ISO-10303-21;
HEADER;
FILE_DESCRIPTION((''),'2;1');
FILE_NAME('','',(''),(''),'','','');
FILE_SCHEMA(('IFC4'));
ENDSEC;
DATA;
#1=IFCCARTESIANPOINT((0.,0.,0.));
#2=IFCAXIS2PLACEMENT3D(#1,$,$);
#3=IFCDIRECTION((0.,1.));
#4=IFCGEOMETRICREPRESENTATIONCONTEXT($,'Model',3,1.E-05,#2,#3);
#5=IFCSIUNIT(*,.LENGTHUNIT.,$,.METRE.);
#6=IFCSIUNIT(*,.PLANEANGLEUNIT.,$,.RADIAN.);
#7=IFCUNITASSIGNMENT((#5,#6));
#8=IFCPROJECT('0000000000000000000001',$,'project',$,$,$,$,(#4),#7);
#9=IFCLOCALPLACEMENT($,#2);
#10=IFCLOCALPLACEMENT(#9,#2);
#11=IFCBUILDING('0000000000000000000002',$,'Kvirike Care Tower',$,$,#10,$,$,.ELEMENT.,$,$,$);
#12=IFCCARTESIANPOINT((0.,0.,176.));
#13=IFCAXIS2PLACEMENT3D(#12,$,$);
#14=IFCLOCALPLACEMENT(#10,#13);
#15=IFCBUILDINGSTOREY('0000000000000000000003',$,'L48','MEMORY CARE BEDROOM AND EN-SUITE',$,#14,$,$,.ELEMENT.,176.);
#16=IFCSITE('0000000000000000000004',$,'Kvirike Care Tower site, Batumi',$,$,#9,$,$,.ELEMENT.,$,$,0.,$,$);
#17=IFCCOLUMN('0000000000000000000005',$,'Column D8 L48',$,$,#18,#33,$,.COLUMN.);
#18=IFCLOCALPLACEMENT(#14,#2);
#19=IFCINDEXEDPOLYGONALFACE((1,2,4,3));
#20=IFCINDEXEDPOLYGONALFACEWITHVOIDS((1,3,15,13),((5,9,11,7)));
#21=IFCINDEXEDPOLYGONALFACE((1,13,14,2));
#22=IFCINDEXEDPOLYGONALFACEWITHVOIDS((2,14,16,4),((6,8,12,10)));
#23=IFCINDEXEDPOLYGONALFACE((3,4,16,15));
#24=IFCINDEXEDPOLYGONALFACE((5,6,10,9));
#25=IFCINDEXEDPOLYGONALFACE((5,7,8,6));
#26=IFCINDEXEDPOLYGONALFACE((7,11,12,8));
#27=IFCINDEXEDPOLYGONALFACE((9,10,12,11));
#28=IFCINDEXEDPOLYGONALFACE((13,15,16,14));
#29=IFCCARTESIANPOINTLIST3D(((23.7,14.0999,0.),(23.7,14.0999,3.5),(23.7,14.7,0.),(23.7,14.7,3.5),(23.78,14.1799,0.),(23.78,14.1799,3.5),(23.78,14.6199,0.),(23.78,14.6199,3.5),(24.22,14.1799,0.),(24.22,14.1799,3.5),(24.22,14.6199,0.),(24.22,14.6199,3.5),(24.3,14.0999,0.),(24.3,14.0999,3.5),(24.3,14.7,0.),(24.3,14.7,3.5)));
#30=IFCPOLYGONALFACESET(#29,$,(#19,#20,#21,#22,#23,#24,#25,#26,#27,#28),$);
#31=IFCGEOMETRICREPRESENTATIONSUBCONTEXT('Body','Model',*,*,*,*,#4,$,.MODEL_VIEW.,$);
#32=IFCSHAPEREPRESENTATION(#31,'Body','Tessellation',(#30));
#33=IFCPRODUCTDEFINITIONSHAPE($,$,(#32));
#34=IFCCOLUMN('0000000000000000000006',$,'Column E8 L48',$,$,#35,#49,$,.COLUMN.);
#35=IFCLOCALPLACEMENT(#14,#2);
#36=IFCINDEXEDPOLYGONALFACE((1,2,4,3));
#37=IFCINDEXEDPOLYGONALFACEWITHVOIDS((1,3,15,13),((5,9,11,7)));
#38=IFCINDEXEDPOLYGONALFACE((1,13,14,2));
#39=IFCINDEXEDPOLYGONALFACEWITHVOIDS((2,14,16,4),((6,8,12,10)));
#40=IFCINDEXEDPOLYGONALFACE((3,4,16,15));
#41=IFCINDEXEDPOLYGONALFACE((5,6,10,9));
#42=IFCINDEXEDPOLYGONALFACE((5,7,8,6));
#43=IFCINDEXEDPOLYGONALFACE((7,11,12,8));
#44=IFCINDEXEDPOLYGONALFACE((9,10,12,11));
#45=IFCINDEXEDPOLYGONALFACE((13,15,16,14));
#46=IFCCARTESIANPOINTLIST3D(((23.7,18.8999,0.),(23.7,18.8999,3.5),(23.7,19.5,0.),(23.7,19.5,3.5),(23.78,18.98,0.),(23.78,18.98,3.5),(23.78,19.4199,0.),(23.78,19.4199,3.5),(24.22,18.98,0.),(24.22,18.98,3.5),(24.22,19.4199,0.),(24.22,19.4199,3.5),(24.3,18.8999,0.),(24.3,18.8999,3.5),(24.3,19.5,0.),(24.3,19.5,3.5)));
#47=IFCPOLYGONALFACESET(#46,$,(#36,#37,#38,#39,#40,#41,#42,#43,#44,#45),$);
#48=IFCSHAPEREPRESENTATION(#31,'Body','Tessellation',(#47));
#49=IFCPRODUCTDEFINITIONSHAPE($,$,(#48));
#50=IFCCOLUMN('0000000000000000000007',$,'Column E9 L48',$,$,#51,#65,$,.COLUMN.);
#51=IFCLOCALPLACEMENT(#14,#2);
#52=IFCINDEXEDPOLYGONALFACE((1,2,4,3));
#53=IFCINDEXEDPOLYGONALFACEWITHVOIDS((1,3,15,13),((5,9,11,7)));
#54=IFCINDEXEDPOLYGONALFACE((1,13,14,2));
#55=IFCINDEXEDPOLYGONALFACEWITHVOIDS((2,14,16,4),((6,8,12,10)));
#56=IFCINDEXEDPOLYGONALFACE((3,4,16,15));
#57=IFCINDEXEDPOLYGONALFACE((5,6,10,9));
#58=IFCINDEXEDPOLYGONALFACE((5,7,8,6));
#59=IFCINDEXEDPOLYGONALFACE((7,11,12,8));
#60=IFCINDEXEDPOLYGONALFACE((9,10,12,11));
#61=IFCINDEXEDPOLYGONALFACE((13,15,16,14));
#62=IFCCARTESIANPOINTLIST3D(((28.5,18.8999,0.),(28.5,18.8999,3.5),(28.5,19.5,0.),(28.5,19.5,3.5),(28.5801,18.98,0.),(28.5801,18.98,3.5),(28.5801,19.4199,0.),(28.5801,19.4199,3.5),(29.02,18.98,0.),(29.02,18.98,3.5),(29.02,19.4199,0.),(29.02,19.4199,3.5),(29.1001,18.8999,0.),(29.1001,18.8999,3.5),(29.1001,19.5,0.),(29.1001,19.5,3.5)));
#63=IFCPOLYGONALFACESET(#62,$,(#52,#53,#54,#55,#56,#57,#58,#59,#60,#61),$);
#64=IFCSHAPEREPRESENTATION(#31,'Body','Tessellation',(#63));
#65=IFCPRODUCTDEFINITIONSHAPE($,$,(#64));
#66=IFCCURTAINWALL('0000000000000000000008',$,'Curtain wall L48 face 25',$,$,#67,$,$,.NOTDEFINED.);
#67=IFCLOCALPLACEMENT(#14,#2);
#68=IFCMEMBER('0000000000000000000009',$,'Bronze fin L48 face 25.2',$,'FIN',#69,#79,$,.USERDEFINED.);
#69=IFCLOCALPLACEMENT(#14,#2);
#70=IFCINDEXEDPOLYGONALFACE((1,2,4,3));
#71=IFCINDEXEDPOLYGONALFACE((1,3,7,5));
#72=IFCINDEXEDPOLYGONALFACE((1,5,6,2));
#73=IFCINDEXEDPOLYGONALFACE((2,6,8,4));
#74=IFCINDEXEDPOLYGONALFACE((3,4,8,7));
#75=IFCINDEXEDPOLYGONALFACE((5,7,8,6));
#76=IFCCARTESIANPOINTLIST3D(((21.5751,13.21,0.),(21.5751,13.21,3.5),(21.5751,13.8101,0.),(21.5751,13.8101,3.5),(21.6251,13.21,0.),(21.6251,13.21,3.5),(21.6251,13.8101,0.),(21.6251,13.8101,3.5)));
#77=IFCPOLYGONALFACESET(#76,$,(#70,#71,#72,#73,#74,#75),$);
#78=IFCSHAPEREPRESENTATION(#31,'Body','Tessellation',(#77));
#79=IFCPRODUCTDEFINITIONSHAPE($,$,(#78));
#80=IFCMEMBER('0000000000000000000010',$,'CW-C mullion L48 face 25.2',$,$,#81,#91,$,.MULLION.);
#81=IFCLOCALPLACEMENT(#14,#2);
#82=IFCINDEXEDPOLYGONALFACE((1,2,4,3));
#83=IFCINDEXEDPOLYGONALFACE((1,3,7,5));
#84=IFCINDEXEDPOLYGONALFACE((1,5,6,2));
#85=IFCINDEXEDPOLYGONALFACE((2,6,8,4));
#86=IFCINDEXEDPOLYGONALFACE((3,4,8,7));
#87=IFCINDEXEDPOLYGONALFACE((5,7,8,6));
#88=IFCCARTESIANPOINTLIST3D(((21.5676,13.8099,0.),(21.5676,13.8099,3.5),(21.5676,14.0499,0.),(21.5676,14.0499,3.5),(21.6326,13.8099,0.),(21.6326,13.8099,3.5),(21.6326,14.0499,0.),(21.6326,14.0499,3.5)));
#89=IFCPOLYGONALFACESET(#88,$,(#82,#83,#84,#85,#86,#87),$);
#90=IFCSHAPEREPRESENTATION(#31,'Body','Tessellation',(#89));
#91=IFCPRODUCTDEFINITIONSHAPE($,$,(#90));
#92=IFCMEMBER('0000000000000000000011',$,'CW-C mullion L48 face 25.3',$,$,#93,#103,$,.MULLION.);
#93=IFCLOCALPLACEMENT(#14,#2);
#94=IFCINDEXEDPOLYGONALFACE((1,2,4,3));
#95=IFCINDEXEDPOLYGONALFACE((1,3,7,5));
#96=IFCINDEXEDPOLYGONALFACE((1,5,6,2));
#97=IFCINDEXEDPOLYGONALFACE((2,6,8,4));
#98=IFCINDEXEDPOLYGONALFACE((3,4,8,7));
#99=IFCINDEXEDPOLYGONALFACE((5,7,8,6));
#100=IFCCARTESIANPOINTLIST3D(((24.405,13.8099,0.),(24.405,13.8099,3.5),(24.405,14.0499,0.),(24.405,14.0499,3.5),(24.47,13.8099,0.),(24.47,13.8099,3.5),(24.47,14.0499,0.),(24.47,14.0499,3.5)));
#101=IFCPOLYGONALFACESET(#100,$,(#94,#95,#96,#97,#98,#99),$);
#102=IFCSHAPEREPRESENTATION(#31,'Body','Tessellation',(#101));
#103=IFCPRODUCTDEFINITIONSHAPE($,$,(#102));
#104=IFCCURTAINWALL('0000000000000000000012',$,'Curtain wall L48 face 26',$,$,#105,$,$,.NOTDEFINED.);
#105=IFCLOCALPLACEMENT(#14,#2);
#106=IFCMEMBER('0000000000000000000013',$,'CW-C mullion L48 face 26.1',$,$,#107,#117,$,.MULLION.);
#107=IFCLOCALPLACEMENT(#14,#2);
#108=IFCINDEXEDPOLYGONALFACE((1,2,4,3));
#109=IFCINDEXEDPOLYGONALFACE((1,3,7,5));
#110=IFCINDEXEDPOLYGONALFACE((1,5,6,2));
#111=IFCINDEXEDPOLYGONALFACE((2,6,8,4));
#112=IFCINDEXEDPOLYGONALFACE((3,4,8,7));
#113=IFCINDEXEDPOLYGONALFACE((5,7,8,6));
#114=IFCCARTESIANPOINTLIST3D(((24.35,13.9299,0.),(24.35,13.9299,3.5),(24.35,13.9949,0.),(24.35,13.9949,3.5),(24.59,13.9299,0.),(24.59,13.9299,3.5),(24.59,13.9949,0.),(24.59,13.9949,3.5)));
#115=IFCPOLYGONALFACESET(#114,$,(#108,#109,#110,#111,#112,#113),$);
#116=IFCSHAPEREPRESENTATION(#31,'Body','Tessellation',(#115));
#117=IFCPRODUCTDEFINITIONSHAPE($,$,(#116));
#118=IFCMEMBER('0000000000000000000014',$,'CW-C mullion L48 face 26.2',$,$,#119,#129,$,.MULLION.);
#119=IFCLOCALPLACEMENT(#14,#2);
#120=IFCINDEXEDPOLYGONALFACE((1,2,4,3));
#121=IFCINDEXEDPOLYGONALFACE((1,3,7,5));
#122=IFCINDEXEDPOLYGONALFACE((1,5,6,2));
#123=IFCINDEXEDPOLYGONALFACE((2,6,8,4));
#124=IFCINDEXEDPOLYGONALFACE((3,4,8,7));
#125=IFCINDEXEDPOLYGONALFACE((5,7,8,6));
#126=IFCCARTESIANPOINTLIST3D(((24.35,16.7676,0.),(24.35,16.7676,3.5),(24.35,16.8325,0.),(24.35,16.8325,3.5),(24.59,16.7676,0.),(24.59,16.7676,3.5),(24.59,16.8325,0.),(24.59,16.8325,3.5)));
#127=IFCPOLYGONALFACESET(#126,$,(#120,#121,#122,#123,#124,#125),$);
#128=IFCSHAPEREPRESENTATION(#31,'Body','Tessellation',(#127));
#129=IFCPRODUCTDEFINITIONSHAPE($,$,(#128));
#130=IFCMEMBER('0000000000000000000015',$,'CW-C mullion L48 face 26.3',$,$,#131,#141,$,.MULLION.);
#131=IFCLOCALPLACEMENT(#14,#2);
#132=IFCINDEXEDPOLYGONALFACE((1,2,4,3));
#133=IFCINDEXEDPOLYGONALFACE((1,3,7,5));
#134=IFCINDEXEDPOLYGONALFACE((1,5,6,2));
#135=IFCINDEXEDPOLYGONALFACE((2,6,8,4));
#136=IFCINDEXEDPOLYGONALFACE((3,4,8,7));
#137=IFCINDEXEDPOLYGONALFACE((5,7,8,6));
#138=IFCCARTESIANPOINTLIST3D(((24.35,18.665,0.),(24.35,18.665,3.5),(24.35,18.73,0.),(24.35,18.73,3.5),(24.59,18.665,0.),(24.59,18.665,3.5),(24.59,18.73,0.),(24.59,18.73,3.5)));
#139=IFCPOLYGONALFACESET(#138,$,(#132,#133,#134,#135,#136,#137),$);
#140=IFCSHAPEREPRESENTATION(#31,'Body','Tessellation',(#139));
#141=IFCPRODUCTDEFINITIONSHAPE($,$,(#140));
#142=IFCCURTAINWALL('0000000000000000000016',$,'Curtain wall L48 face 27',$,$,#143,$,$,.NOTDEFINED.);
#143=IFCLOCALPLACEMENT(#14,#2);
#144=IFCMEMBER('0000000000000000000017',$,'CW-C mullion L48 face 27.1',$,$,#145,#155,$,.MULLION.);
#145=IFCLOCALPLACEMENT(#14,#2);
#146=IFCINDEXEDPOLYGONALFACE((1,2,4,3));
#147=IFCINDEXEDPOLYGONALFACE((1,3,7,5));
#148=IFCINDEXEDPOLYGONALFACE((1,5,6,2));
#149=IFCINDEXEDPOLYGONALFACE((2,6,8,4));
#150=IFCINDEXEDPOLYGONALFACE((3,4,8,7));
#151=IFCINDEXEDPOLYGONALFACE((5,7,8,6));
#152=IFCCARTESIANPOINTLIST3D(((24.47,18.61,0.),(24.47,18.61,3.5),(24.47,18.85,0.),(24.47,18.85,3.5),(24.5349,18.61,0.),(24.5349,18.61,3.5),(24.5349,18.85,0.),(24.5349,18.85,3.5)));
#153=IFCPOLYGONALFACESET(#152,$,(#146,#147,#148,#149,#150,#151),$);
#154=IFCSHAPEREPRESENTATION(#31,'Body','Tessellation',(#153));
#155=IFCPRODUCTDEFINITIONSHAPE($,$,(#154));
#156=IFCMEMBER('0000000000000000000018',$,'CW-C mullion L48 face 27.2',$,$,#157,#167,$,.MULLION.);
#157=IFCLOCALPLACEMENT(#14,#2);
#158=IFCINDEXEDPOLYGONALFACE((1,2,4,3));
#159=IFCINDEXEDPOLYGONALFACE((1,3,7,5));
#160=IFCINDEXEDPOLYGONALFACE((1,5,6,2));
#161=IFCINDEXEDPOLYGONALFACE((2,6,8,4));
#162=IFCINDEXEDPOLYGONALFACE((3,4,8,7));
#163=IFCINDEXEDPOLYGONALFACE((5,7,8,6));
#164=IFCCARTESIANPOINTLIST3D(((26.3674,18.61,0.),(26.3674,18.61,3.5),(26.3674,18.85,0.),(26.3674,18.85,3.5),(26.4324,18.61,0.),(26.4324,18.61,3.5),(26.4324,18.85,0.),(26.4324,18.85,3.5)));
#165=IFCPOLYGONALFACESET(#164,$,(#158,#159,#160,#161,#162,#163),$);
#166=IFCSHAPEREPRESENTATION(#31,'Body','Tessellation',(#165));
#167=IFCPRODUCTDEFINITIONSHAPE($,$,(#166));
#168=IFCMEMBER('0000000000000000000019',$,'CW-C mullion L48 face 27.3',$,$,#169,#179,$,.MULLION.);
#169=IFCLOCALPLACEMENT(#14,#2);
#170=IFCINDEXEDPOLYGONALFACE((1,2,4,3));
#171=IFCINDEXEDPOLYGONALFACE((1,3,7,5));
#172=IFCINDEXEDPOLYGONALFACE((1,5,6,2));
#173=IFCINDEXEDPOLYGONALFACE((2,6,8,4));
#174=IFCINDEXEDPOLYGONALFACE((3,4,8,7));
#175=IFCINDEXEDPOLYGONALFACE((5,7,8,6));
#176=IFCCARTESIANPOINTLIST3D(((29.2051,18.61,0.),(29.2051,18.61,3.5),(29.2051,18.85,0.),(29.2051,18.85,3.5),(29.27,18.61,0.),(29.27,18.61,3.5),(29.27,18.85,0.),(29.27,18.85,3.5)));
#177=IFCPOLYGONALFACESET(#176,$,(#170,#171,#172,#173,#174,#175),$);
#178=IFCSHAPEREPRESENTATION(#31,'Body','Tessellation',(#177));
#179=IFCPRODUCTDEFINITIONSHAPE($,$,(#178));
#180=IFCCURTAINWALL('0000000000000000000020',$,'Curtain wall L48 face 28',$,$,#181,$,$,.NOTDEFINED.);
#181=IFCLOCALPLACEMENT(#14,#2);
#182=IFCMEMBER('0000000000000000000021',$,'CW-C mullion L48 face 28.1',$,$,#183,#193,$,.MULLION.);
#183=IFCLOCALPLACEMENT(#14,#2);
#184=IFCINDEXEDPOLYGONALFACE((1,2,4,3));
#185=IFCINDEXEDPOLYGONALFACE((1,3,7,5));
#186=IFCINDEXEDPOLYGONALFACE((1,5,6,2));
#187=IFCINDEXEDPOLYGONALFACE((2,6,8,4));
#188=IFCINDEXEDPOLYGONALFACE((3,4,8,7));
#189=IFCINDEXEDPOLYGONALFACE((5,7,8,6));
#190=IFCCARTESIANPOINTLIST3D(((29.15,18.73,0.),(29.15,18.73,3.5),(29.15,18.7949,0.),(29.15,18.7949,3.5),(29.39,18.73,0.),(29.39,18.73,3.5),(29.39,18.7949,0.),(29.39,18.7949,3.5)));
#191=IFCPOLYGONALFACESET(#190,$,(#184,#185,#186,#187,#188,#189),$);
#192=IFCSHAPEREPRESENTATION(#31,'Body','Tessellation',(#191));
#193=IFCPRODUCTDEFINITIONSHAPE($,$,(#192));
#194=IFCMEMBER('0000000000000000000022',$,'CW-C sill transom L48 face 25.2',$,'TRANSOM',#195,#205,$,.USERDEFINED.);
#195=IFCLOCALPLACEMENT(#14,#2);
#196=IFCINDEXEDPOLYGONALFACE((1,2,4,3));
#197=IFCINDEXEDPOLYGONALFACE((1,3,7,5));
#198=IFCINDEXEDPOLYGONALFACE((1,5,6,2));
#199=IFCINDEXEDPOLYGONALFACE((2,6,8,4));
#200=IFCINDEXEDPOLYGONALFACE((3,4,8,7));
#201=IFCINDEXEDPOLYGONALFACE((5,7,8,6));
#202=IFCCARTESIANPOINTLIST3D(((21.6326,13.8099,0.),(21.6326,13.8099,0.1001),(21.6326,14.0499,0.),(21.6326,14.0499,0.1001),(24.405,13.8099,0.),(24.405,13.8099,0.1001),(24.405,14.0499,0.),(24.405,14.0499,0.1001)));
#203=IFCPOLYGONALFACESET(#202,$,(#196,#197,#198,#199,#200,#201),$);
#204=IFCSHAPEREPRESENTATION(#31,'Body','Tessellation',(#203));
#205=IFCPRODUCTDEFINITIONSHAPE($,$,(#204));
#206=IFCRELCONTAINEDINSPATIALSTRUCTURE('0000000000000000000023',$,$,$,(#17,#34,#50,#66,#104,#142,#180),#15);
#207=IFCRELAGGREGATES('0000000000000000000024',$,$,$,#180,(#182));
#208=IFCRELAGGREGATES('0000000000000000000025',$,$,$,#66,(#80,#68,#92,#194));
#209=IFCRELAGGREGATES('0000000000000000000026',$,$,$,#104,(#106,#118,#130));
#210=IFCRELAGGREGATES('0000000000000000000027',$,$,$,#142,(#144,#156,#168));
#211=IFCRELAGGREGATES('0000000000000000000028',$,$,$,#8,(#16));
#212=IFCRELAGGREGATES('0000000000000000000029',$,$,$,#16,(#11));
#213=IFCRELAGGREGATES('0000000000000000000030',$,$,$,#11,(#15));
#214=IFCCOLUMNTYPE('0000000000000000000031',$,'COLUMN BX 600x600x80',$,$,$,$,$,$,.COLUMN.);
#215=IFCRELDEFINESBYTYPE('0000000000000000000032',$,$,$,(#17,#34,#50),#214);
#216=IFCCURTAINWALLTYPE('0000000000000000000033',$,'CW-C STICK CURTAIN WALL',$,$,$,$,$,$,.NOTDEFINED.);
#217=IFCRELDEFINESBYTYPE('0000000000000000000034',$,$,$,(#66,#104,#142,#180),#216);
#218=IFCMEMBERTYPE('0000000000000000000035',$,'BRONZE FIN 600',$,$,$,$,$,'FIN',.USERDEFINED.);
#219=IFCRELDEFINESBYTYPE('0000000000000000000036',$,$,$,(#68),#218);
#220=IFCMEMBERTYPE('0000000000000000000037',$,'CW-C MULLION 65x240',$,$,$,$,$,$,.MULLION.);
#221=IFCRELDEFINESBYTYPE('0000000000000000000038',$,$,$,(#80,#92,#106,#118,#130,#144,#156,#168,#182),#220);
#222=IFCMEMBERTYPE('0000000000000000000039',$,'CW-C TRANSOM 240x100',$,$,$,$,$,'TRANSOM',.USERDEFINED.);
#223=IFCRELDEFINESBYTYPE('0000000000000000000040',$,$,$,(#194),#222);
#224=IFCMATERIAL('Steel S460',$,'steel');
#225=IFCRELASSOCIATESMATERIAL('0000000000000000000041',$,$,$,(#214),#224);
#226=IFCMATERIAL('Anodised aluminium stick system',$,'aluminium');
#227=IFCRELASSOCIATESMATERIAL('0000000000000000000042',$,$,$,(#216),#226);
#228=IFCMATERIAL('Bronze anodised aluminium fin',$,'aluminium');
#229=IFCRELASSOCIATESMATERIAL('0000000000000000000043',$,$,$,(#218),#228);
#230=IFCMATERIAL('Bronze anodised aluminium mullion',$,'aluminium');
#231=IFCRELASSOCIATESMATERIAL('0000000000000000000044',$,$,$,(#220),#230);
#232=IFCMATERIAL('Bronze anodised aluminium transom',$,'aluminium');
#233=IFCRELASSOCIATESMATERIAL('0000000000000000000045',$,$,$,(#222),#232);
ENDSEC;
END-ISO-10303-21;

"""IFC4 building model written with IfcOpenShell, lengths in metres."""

from ifc_helpers import new_model, si_unit, direction, frame, origin, origin_2d, place, context, subcontext, project, spatial, rectangle, hollow_rectangle, extrude, material, material_profile, profile_set, type_object, element, aggregate, save


model = new_model("IFC4")

# Units and contexts
model_context = context("Model", 3, precision=1e-05, world=origin(), true_north=direction((0.0, 1.0)))
body_context = subcontext(model_context, "Body", "Model", "MODEL_VIEW")
ifc_project = project(units=[si_unit("LENGTHUNIT", "METRE"), si_unit("PLANEANGLEUNIT", "RADIAN")], contexts=[model_context])

# Site, building, storey
site_placement = place(None, origin())
site = spatial("IfcSite", under=ifc_project, at=site_placement, Name="Kvirike Care Tower site, Batumi", CompositionType="ELEMENT", RefElevation=0.0)
building_placement = place(site_placement, origin())
building = spatial("IfcBuilding", under=site, at=building_placement, Name="Kvirike Care Tower", CompositionType="ELEMENT")
storey_placement = place(building_placement, frame((0.0, 0.0, 176.0)))
storey = spatial("IfcBuildingStorey", under=building, at=storey_placement, Name="L48", Description="MEMORY CARE BEDROOM AND EN-SUITE", CompositionType="ELEMENT", Elevation=176.0)

# Columns
ifc_material_1 = material(Name="Steel S460", Category="steel")
ifc_material_profile_1 = material_profile(ifc_material_1, hollow_rectangle(XDim=0.6001, YDim=0.6001, WallThickness=0.0801, at=origin_2d()), Name="BX 600x600x80")
ifc_profile_set_1 = profile_set([ifc_material_profile_1], Name="Steel S460")
column_type = type_object("IfcColumnType", Name="COLUMN BX 600x600x80", PredefinedType="COLUMN", material=ifc_profile_set_1)
for number, where, z_axis, x_axis, name in (
    (1, (24.0, 14.3999, 0.0), (0.0, 0.0, 1.0), (0.0, 1.0, 0.0), "Column D8 L48"),
    (2, (24.0, 19.2, 0.0), (0.0, 0.0, 1.0), (0.0, 1.0, 0.0), "Column E8 L48"),
    (3, (28.8, 19.2, 0.0), (0.0, 0.0, 1.0), (0.0, 1.0, 0.0), "Column E9 L48"),
):
    element("IfcColumn", number, at=place(storey_placement, frame(where, z_axis=z_axis, x_axis=x_axis)), inside=storey, type_object=column_type, Name=name, PredefinedType="COLUMN", context=body_context, shape_type="SweptSolid", body=[
        extrude(hollow_rectangle(XDim=0.6001, YDim=0.6001, WallThickness=0.0801, at=origin_2d()), origin(), (0.0, 0.0, 1.0), 3.5),
    ])

# Curtain walls, members
ifc_material_2 = material(Name="Anodised aluminium stick system", Category="aluminium")
curtain_wall_type = type_object("IfcCurtainWallType", Name="CW-C STICK CURTAIN WALL", PredefinedType="NOTDEFINED", material=ifc_material_2)
curtain_wall_1_placement = place(storey_placement, origin())
curtain_wall_1 = element("IfcCurtainWall", 4, at=curtain_wall_1_placement, inside=storey, type_object=curtain_wall_type, Name="Curtain wall L48 face 25", PredefinedType="NOTDEFINED")
ifc_material_3 = material(Name="Bronze anodised aluminium fin", Category="aluminium")
ifc_material_profile_2 = material_profile(ifc_material_3, rectangle(XDim=0.05, YDim=0.6001, at=origin_2d()), Name="BRONZE FIN 600")
ifc_profile_set_2 = profile_set([ifc_material_profile_2], Name="Bronze anodised aluminium fin")
member_type_1 = type_object("IfcMemberType", Name="BRONZE FIN 600", ElementType="FIN", PredefinedType="USERDEFINED", material=ifc_profile_set_2)
member_1_placement = place(storey_placement, frame((21.6001, 13.51, 0.0), z_axis=(0.0, 0.0, 1.0), x_axis=(1.0, 0.0, 0.0)))
member_1 = element("IfcMember", 5, at=member_1_placement, type_object=member_type_1, Name="Bronze fin L48 face 25.2", ObjectType="FIN", PredefinedType="USERDEFINED", context=body_context, shape_type="SweptSolid", body=[
    extrude(rectangle(XDim=0.05, YDim=0.6001, at=origin_2d()), origin(), (0.0, 0.0, 1.0), 3.5),
])
ifc_material_4 = material(Name="Bronze anodised aluminium mullion", Category="aluminium")
ifc_material_profile_3 = material_profile(ifc_material_4, rectangle(XDim=0.0649, YDim=0.24, at=origin_2d()), Name="CW-C MULLION 65x240")
ifc_profile_set_3 = profile_set([ifc_material_profile_3], Name="Bronze anodised aluminium mullion")
member_type_2 = type_object("IfcMemberType", Name="CW-C MULLION 65x240", PredefinedType="MULLION", material=ifc_profile_set_3)
member_2_placement = place(storey_placement, frame((21.6001, 13.9299, 0.0), z_axis=(0.0, 0.0, 1.0), x_axis=(1.0, 0.0, 0.0)))
member_2 = element("IfcMember", 6, at=member_2_placement, type_object=member_type_2, Name="CW-C mullion L48 face 25.2", PredefinedType="MULLION", context=body_context, shape_type="SweptSolid", body=[
    extrude(rectangle(XDim=0.0649, YDim=0.24, at=origin_2d()), origin(), (0.0, 0.0, 1.0), 3.5),
])
member_3_placement = place(storey_placement, frame((24.4375, 13.9299, 0.0), z_axis=(0.0, 0.0, 1.0), x_axis=(1.0, 0.0, 0.0)))
member_3 = element("IfcMember", 7, at=member_3_placement, type_object=member_type_2, Name="CW-C mullion L48 face 25.3", PredefinedType="MULLION", context=body_context, shape_type="SweptSolid", body=[
    extrude(rectangle(XDim=0.0649, YDim=0.24, at=origin_2d()), origin(), (0.0, 0.0, 1.0), 3.5),
])
curtain_wall_2_placement = place(storey_placement, origin())
curtain_wall_2 = element("IfcCurtainWall", 8, at=curtain_wall_2_placement, inside=storey, type_object=curtain_wall_type, Name="Curtain wall L48 face 26", PredefinedType="NOTDEFINED")
member_4_placement = place(storey_placement, frame((24.47, 13.9624, 0.0), z_axis=(0.0, 0.0, 1.0), x_axis=(0.0, 1.0, 0.0)))
member_4 = element("IfcMember", 9, at=member_4_placement, type_object=member_type_2, Name="CW-C mullion L48 face 26.1", PredefinedType="MULLION", context=body_context, shape_type="SweptSolid", body=[
    extrude(rectangle(XDim=0.0649, YDim=0.24, at=origin_2d()), origin(), (0.0, 0.0, 1.0), 3.5),
])
member_5_placement = place(storey_placement, frame((24.47, 16.8, 0.0), z_axis=(0.0, 0.0, 1.0), x_axis=(0.0, 1.0, 0.0)))
member_5 = element("IfcMember", 10, at=member_5_placement, type_object=member_type_2, Name="CW-C mullion L48 face 26.2", PredefinedType="MULLION", context=body_context, shape_type="SweptSolid", body=[
    extrude(rectangle(XDim=0.0649, YDim=0.24, at=origin_2d()), origin(), (0.0, 0.0, 1.0), 3.5),
])
member_6_placement = place(storey_placement, frame((24.47, 18.6975, 0.0), z_axis=(0.0, 0.0, 1.0), x_axis=(0.0, 1.0, 0.0)))
member_6 = element("IfcMember", 11, at=member_6_placement, type_object=member_type_2, Name="CW-C mullion L48 face 26.3", PredefinedType="MULLION", context=body_context, shape_type="SweptSolid", body=[
    extrude(rectangle(XDim=0.0649, YDim=0.24, at=origin_2d()), origin(), (0.0, 0.0, 1.0), 3.5),
])
curtain_wall_3_placement = place(storey_placement, origin())
curtain_wall_3 = element("IfcCurtainWall", 12, at=curtain_wall_3_placement, inside=storey, type_object=curtain_wall_type, Name="Curtain wall L48 face 27", PredefinedType="NOTDEFINED")
member_7_placement = place(storey_placement, frame((24.5024, 18.73, 0.0), z_axis=(0.0, 0.0, 1.0), x_axis=(1.0, 0.0, 0.0)))
member_7 = element("IfcMember", 13, at=member_7_placement, type_object=member_type_2, Name="CW-C mullion L48 face 27.1", PredefinedType="MULLION", context=body_context, shape_type="SweptSolid", body=[
    extrude(rectangle(XDim=0.0649, YDim=0.24, at=origin_2d()), origin(), (0.0, 0.0, 1.0), 3.5),
])
member_8_placement = place(storey_placement, frame((26.3999, 18.73, 0.0), z_axis=(0.0, 0.0, 1.0), x_axis=(1.0, 0.0, 0.0)))
member_8 = element("IfcMember", 14, at=member_8_placement, type_object=member_type_2, Name="CW-C mullion L48 face 27.2", PredefinedType="MULLION", context=body_context, shape_type="SweptSolid", body=[
    extrude(rectangle(XDim=0.0649, YDim=0.24, at=origin_2d()), origin(), (0.0, 0.0, 1.0), 3.5),
])
member_9_placement = place(storey_placement, frame((29.2375, 18.73, 0.0), z_axis=(0.0, 0.0, 1.0), x_axis=(1.0, 0.0, 0.0)))
member_9 = element("IfcMember", 15, at=member_9_placement, type_object=member_type_2, Name="CW-C mullion L48 face 27.3", PredefinedType="MULLION", context=body_context, shape_type="SweptSolid", body=[
    extrude(rectangle(XDim=0.0649, YDim=0.24, at=origin_2d()), origin(), (0.0, 0.0, 1.0), 3.5),
])

# Curtain wall, member
curtain_wall_4_placement = place(storey_placement, origin())
curtain_wall_4 = element("IfcCurtainWall", 16, at=curtain_wall_4_placement, inside=storey, type_object=curtain_wall_type, Name="Curtain wall L48 face 28", PredefinedType="NOTDEFINED")
member_10_placement = place(storey_placement, frame((29.27, 18.7625, 0.0), z_axis=(0.0, 0.0, 1.0), x_axis=(0.0, 1.0, 0.0)))
member_10 = element("IfcMember", 17, at=member_10_placement, type_object=member_type_2, Name="CW-C mullion L48 face 28.1", PredefinedType="MULLION", context=body_context, shape_type="SweptSolid", body=[
    extrude(rectangle(XDim=0.0649, YDim=0.24, at=origin_2d()), origin(), (0.0, 0.0, 1.0), 3.5),
])

# Member
ifc_material_5 = material(Name="Bronze anodised aluminium transom", Category="aluminium")
ifc_material_profile_4 = material_profile(ifc_material_5, rectangle(XDim=0.24, YDim=0.1001, at=origin_2d()), Name="CW-C TRANSOM 240x100")
ifc_profile_set_4 = profile_set([ifc_material_profile_4], Name="Bronze anodised aluminium transom")
member_type_3 = type_object("IfcMemberType", Name="CW-C TRANSOM 240x100", ElementType="TRANSOM", PredefinedType="USERDEFINED", material=ifc_profile_set_4)
member_11_placement = place(storey_placement, frame((21.6326, 13.9299, 0.05), z_axis=(1.0, 0.0, 0.0), x_axis=(0.0, 1.0, 0.0)))
member_11 = element("IfcMember", 18, at=member_11_placement, type_object=member_type_3, Name="CW-C sill transom L48 face 25.2", ObjectType="TRANSOM", PredefinedType="USERDEFINED", context=body_context, shape_type="SweptSolid", body=[
    extrude(rectangle(XDim=0.24, YDim=0.1001, at=origin_2d()), origin(), (0.0, 0.0, 1.0), 2.7725),
])
aggregate(curtain_wall_4, [member_10])

aggregate(curtain_wall_1, [member_2, member_1, member_3, member_11])
aggregate(curtain_wall_2, [member_4, member_5, member_6])
aggregate(curtain_wall_3, [member_7, member_8, member_9])

save(model, "model.ifc")
